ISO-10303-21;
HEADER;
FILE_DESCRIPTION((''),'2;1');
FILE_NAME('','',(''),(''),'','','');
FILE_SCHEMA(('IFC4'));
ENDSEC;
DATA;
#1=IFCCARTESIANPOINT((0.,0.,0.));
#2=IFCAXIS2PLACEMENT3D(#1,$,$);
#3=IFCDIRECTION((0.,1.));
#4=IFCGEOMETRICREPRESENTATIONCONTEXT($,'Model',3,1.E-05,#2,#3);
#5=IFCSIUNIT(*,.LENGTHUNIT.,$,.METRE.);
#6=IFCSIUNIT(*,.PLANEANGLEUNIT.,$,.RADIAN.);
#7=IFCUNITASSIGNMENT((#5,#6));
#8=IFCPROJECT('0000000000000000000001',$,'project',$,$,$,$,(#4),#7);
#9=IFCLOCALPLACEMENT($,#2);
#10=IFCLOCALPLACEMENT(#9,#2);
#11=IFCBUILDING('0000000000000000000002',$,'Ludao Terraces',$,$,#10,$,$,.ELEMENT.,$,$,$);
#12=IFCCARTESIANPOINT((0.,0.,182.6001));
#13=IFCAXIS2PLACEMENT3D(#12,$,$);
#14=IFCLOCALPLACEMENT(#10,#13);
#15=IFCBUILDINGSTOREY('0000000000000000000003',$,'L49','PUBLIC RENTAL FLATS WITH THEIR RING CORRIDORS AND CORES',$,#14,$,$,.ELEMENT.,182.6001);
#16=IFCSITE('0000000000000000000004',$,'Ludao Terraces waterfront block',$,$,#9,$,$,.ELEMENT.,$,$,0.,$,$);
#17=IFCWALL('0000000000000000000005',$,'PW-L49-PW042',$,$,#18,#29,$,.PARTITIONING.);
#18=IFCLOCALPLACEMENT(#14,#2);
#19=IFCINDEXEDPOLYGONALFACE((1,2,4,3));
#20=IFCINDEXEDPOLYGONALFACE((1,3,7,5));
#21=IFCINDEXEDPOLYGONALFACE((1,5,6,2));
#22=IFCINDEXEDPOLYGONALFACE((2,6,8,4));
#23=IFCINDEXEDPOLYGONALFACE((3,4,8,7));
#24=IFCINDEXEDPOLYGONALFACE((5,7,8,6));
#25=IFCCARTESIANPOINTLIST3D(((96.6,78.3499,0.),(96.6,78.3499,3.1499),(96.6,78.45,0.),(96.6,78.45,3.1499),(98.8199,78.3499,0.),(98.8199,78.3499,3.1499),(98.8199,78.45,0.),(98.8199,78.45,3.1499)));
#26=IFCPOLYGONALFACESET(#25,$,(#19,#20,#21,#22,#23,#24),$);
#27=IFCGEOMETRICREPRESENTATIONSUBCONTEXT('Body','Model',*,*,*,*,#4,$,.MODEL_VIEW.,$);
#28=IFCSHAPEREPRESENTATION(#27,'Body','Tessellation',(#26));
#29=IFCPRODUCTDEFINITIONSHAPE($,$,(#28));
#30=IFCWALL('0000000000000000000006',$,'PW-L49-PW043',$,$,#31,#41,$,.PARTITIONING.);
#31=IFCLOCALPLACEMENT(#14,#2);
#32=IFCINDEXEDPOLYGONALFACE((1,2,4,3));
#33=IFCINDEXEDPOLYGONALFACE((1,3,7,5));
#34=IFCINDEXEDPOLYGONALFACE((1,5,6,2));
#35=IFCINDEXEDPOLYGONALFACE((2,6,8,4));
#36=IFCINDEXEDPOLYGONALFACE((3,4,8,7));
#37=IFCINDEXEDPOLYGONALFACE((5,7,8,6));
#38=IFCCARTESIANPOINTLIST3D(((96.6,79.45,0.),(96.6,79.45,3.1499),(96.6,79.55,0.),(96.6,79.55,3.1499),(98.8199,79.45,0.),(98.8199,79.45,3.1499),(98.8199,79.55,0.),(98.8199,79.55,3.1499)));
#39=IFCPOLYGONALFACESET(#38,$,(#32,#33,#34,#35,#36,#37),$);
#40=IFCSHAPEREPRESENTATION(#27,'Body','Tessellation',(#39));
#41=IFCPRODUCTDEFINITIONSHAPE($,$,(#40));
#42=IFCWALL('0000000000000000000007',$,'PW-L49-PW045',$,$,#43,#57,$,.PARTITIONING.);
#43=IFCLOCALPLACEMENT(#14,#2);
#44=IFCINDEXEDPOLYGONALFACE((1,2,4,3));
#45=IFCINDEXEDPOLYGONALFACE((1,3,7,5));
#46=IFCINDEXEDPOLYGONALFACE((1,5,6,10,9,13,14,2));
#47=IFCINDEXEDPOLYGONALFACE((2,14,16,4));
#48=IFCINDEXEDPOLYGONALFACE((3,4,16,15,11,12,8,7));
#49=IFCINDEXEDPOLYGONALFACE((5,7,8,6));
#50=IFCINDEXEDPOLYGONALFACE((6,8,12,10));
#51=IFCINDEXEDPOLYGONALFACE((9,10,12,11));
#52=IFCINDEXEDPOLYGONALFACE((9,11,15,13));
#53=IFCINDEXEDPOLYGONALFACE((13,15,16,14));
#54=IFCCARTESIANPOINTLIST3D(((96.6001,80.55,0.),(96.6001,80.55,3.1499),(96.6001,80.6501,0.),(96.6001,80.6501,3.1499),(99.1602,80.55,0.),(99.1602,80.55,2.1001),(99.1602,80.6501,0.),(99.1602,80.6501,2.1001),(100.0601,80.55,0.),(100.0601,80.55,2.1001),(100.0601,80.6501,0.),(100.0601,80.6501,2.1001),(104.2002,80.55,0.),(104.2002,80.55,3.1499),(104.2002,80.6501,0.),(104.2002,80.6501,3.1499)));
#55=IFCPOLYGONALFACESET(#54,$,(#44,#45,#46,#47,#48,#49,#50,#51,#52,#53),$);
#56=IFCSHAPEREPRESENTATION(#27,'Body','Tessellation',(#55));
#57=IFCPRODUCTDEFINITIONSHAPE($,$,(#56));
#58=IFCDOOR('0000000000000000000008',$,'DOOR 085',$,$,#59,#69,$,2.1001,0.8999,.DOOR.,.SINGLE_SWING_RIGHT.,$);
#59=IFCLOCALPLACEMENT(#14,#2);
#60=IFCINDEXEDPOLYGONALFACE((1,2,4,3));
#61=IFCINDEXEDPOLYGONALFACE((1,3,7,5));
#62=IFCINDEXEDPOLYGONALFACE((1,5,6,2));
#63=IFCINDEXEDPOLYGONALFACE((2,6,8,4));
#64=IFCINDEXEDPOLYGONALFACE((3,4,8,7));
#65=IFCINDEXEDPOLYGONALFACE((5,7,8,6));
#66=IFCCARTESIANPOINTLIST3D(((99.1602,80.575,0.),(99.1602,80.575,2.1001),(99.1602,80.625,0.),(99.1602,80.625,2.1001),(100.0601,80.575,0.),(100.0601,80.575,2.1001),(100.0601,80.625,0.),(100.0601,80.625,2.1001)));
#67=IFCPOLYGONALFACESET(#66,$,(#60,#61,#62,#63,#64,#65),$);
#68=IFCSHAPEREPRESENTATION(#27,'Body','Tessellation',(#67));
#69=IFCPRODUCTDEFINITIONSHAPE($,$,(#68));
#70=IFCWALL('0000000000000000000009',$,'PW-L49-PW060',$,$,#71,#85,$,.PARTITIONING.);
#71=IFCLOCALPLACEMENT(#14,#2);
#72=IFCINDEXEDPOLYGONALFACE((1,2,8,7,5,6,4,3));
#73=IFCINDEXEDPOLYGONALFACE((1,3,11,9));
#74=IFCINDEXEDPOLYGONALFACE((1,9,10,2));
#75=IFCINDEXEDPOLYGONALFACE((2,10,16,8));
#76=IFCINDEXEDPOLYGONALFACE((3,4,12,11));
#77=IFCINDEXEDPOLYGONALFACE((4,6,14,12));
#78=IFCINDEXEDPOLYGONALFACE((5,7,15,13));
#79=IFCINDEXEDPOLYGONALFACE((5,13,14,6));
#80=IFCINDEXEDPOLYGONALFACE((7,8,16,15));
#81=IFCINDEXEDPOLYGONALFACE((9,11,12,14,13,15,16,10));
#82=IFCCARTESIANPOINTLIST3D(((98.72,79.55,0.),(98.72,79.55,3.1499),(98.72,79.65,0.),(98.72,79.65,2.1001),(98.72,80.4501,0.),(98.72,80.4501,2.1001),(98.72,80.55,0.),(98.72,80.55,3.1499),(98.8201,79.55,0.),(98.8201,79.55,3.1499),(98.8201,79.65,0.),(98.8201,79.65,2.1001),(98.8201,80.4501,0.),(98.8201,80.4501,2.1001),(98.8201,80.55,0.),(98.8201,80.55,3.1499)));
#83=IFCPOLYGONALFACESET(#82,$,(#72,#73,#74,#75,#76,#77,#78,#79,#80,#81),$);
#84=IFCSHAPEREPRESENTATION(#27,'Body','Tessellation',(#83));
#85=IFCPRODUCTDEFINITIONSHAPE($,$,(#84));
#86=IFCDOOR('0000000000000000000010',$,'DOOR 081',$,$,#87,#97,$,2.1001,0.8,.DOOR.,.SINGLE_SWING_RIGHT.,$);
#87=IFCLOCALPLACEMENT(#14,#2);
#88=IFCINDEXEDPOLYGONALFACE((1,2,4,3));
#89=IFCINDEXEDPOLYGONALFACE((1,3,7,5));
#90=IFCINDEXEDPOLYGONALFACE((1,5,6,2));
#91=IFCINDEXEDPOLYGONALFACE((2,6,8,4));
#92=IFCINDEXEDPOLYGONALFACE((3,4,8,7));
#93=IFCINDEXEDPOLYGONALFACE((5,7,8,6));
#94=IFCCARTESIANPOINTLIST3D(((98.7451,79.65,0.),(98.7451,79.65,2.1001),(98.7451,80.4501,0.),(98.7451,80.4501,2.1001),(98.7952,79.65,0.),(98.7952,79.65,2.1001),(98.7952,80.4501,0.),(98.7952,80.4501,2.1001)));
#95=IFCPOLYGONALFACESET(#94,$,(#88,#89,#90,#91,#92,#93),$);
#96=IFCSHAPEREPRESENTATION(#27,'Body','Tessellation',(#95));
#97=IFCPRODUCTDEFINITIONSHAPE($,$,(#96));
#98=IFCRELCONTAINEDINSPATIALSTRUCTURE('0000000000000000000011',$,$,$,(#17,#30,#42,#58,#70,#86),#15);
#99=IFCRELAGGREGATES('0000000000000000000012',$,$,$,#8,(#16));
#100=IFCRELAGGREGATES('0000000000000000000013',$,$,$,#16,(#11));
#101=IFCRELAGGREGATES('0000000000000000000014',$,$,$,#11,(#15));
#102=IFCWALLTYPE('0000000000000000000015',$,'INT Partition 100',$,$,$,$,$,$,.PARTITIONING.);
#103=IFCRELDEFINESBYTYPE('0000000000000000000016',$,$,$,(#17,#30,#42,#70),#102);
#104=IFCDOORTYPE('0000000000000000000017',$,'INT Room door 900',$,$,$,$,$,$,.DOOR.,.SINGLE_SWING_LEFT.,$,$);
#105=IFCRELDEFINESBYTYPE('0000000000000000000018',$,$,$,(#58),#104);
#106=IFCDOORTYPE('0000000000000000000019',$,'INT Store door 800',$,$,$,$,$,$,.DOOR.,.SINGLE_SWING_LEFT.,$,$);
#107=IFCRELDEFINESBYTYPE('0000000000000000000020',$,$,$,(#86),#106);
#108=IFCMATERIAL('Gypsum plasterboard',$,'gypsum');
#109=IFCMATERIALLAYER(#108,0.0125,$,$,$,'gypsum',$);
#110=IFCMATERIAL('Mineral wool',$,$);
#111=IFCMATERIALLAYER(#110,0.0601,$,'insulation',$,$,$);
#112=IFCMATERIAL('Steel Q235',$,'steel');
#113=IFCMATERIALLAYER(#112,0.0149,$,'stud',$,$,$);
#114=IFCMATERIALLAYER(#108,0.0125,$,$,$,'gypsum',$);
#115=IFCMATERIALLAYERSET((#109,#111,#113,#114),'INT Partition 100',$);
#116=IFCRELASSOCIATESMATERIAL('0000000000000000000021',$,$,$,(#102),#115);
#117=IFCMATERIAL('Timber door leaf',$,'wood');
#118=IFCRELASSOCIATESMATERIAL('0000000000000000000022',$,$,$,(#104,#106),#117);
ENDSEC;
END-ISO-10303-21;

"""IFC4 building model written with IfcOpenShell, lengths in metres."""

from ifc_helpers import new_model, si_unit, direction, frame, frame_2d, origin, place, context, subcontext, project, spatial, rectangle, extrude, material, layer, layer_set, type_object, element, fill, save


model = new_model("IFC4")

# Units and contexts
model_context = context("Model", 3, precision=1e-05, world=origin(), true_north=direction((0.0, 1.0)))
body_context = subcontext(model_context, "Body", "Model", "MODEL_VIEW")
ifc_project = project(units=[si_unit("LENGTHUNIT", "METRE"), si_unit("PLANEANGLEUNIT", "RADIAN")], contexts=[model_context])

# Site, building, storey
site_placement = place(None, origin())
site = spatial("IfcSite", under=ifc_project, at=site_placement, Name="Ludao Terraces waterfront block", CompositionType="ELEMENT", RefElevation=0.0)
building_placement = place(site_placement, origin())
building = spatial("IfcBuilding", under=site, at=building_placement, Name="Ludao Terraces", CompositionType="ELEMENT")
storey_placement = place(building_placement, frame((0.0, 0.0, 182.6001)))
storey = spatial("IfcBuildingStorey", under=building, at=storey_placement, Name="L49", Description="PUBLIC RENTAL FLATS WITH THEIR RING CORRIDORS AND CORES", CompositionType="ELEMENT", Elevation=182.6001)

# Shared definitions
ifc_material_1 = material(Name="Steel Q235", Category="steel")

# Shared definitions
ifc_material_2 = material(Name="Mineral wool")

# Walls
ifc_material_3 = material(Name="Gypsum plasterboard", Category="gypsum")
ifc_layer_1 = layer(ifc_material_3, 0.0125, Category="gypsum")
ifc_layer_2 = layer(ifc_material_2, 0.0601, Name="insulation")
ifc_layer_3 = layer(ifc_material_1, 0.0149, Name="stud")
ifc_layer_4 = layer(ifc_material_3, 0.0125, Category="gypsum")
ifc_layer_set_1 = layer_set([ifc_layer_1, ifc_layer_2, ifc_layer_3, ifc_layer_4], Name="INT Partition 100")
wall_type_1 = type_object("IfcWallType", Name="INT Partition 100", PredefinedType="PARTITIONING", material=ifc_layer_set_1)
for number, where, z_axis, x_axis, name in (
    (1, (96.6001, 78.3999, 0.0), (0.0, 0.0, 1.0), (1.0, 0.0, 0.0), "PW-L49-PW042"),
    (2, (96.6001, 79.5, 0.0), (0.0, 0.0, 1.0), (1.0, 0.0, 0.0), "PW-L49-PW043"),
):
    element("IfcWall", number, at=place(storey_placement, frame(where, z_axis=z_axis, x_axis=x_axis)), inside=storey, type_object=wall_type_1, Name=name, PredefinedType="PARTITIONING", context=body_context, shape_type="SweptSolid", body=[
        extrude(rectangle(XDim=2.22, YDim=0.1001, at=frame_2d((1.1099, 0.0))), origin(), (0.0, 0.0, 1.0), 3.1499),
    ])

# Walls, openings, doors
wall_1_placement = place(storey_placement, frame((96.6001, 80.6001, 0.0), z_axis=(0.0, 0.0, 1.0), x_axis=(1.0, 0.0, 0.0)))
wall_1 = element("IfcWall", 3, at=wall_1_placement, inside=storey, type_object=wall_type_1, Name="PW-L49-PW045", PredefinedType="PARTITIONING", context=body_context, shape_type="SweptSolid", body=[
    extrude(rectangle(XDim=7.6001, YDim=0.1001, at=frame_2d((3.8, 0.0))), origin(), (0.0, 0.0, 1.0), 3.1499),
])
opening_1_placement = place(wall_1_placement, frame((2.5601, 0.0, 0.0)))
opening_1 = element("IfcOpeningElement", 4, at=opening_1_placement, cuts=wall_1, PredefinedType="OPENING", context=body_context, shape_type="SweptSolid", body=[
    extrude(rectangle(XDim=0.8999, YDim=2.1001, at=frame_2d((0.45, 1.05))), frame((0.0, 0.0601, 0.0), z_axis=(0.0, -1.0, 0.0), x_axis=(1.0, 0.0, 0.0)), (0.0, 0.0, 1.0), 0.1201),
])
ifc_material_4 = material(Name="Timber door leaf", Category="wood")
door_type_1 = type_object("IfcDoorType", Name="INT Room door 900", OperationType="SINGLE_SWING_LEFT", PredefinedType="DOOR", material=ifc_material_4)
door_1_placement = place(opening_1_placement, origin())
door_1 = element("IfcDoor", 5, at=door_1_placement, inside=storey, type_object=door_type_1, Name="DOOR 085", OperationType="SINGLE_SWING_RIGHT", OverallHeight=2.1001, OverallWidth=0.8999, PredefinedType="DOOR", context=body_context, shape_type="SweptSolid", body=[
    extrude(rectangle(XDim=0.8999, YDim=2.1001, at=frame_2d((0.45, 1.05))), frame((0.0, 0.0249, 0.0), z_axis=(0.0, -1.0, 0.0), x_axis=(1.0, 0.0, 0.0)), (0.0, 0.0, 1.0), 0.05),
])
fill(opening_1, door_1)
wall_2_placement = place(storey_placement, frame((98.77, 79.55, 0.0), z_axis=(0.0, 0.0, 1.0), x_axis=(0.0, 1.0, 0.0)))
wall_2 = element("IfcWall", 6, at=wall_2_placement, inside=storey, type_object=wall_type_1, Name="PW-L49-PW060", PredefinedType="PARTITIONING", context=body_context, shape_type="SweptSolid", body=[
    extrude(rectangle(XDim=1.0, YDim=0.1001, at=frame_2d((0.5, 0.0))), origin(), (0.0, 0.0, 1.0), 3.1499),
])
opening_2_placement = place(wall_2_placement, frame((0.1001, 0.0, 0.0)))
opening_2 = element("IfcOpeningElement", 7, at=opening_2_placement, cuts=wall_2, PredefinedType="OPENING", context=body_context, shape_type="SweptSolid", body=[
    extrude(rectangle(XDim=0.8, YDim=2.1001, at=frame_2d((0.3999, 1.05))), frame((0.0, 0.0601, 0.0), z_axis=(0.0, -1.0, 0.0), x_axis=(1.0, 0.0, 0.0)), (0.0, 0.0, 1.0), 0.1201),
])
door_type_2 = type_object("IfcDoorType", Name="INT Store door 800", OperationType="SINGLE_SWING_LEFT", PredefinedType="DOOR", material=ifc_material_4)
door_2_placement = place(opening_2_placement, origin())
door_2 = element("IfcDoor", 8, at=door_2_placement, inside=storey, type_object=door_type_2, Name="DOOR 081", OperationType="SINGLE_SWING_RIGHT", OverallHeight=2.1001, OverallWidth=0.8, PredefinedType="DOOR", context=body_context, shape_type="SweptSolid", body=[
    extrude(rectangle(XDim=0.8, YDim=2.1001, at=frame_2d((0.3999, 1.05))), frame((0.0, 0.0249, 0.0), z_axis=(0.0, -1.0, 0.0), x_axis=(1.0, 0.0, 0.0)), (0.0, 0.0, 1.0), 0.05),
])
fill(opening_2, door_2)

save(model, "model.ifc")
